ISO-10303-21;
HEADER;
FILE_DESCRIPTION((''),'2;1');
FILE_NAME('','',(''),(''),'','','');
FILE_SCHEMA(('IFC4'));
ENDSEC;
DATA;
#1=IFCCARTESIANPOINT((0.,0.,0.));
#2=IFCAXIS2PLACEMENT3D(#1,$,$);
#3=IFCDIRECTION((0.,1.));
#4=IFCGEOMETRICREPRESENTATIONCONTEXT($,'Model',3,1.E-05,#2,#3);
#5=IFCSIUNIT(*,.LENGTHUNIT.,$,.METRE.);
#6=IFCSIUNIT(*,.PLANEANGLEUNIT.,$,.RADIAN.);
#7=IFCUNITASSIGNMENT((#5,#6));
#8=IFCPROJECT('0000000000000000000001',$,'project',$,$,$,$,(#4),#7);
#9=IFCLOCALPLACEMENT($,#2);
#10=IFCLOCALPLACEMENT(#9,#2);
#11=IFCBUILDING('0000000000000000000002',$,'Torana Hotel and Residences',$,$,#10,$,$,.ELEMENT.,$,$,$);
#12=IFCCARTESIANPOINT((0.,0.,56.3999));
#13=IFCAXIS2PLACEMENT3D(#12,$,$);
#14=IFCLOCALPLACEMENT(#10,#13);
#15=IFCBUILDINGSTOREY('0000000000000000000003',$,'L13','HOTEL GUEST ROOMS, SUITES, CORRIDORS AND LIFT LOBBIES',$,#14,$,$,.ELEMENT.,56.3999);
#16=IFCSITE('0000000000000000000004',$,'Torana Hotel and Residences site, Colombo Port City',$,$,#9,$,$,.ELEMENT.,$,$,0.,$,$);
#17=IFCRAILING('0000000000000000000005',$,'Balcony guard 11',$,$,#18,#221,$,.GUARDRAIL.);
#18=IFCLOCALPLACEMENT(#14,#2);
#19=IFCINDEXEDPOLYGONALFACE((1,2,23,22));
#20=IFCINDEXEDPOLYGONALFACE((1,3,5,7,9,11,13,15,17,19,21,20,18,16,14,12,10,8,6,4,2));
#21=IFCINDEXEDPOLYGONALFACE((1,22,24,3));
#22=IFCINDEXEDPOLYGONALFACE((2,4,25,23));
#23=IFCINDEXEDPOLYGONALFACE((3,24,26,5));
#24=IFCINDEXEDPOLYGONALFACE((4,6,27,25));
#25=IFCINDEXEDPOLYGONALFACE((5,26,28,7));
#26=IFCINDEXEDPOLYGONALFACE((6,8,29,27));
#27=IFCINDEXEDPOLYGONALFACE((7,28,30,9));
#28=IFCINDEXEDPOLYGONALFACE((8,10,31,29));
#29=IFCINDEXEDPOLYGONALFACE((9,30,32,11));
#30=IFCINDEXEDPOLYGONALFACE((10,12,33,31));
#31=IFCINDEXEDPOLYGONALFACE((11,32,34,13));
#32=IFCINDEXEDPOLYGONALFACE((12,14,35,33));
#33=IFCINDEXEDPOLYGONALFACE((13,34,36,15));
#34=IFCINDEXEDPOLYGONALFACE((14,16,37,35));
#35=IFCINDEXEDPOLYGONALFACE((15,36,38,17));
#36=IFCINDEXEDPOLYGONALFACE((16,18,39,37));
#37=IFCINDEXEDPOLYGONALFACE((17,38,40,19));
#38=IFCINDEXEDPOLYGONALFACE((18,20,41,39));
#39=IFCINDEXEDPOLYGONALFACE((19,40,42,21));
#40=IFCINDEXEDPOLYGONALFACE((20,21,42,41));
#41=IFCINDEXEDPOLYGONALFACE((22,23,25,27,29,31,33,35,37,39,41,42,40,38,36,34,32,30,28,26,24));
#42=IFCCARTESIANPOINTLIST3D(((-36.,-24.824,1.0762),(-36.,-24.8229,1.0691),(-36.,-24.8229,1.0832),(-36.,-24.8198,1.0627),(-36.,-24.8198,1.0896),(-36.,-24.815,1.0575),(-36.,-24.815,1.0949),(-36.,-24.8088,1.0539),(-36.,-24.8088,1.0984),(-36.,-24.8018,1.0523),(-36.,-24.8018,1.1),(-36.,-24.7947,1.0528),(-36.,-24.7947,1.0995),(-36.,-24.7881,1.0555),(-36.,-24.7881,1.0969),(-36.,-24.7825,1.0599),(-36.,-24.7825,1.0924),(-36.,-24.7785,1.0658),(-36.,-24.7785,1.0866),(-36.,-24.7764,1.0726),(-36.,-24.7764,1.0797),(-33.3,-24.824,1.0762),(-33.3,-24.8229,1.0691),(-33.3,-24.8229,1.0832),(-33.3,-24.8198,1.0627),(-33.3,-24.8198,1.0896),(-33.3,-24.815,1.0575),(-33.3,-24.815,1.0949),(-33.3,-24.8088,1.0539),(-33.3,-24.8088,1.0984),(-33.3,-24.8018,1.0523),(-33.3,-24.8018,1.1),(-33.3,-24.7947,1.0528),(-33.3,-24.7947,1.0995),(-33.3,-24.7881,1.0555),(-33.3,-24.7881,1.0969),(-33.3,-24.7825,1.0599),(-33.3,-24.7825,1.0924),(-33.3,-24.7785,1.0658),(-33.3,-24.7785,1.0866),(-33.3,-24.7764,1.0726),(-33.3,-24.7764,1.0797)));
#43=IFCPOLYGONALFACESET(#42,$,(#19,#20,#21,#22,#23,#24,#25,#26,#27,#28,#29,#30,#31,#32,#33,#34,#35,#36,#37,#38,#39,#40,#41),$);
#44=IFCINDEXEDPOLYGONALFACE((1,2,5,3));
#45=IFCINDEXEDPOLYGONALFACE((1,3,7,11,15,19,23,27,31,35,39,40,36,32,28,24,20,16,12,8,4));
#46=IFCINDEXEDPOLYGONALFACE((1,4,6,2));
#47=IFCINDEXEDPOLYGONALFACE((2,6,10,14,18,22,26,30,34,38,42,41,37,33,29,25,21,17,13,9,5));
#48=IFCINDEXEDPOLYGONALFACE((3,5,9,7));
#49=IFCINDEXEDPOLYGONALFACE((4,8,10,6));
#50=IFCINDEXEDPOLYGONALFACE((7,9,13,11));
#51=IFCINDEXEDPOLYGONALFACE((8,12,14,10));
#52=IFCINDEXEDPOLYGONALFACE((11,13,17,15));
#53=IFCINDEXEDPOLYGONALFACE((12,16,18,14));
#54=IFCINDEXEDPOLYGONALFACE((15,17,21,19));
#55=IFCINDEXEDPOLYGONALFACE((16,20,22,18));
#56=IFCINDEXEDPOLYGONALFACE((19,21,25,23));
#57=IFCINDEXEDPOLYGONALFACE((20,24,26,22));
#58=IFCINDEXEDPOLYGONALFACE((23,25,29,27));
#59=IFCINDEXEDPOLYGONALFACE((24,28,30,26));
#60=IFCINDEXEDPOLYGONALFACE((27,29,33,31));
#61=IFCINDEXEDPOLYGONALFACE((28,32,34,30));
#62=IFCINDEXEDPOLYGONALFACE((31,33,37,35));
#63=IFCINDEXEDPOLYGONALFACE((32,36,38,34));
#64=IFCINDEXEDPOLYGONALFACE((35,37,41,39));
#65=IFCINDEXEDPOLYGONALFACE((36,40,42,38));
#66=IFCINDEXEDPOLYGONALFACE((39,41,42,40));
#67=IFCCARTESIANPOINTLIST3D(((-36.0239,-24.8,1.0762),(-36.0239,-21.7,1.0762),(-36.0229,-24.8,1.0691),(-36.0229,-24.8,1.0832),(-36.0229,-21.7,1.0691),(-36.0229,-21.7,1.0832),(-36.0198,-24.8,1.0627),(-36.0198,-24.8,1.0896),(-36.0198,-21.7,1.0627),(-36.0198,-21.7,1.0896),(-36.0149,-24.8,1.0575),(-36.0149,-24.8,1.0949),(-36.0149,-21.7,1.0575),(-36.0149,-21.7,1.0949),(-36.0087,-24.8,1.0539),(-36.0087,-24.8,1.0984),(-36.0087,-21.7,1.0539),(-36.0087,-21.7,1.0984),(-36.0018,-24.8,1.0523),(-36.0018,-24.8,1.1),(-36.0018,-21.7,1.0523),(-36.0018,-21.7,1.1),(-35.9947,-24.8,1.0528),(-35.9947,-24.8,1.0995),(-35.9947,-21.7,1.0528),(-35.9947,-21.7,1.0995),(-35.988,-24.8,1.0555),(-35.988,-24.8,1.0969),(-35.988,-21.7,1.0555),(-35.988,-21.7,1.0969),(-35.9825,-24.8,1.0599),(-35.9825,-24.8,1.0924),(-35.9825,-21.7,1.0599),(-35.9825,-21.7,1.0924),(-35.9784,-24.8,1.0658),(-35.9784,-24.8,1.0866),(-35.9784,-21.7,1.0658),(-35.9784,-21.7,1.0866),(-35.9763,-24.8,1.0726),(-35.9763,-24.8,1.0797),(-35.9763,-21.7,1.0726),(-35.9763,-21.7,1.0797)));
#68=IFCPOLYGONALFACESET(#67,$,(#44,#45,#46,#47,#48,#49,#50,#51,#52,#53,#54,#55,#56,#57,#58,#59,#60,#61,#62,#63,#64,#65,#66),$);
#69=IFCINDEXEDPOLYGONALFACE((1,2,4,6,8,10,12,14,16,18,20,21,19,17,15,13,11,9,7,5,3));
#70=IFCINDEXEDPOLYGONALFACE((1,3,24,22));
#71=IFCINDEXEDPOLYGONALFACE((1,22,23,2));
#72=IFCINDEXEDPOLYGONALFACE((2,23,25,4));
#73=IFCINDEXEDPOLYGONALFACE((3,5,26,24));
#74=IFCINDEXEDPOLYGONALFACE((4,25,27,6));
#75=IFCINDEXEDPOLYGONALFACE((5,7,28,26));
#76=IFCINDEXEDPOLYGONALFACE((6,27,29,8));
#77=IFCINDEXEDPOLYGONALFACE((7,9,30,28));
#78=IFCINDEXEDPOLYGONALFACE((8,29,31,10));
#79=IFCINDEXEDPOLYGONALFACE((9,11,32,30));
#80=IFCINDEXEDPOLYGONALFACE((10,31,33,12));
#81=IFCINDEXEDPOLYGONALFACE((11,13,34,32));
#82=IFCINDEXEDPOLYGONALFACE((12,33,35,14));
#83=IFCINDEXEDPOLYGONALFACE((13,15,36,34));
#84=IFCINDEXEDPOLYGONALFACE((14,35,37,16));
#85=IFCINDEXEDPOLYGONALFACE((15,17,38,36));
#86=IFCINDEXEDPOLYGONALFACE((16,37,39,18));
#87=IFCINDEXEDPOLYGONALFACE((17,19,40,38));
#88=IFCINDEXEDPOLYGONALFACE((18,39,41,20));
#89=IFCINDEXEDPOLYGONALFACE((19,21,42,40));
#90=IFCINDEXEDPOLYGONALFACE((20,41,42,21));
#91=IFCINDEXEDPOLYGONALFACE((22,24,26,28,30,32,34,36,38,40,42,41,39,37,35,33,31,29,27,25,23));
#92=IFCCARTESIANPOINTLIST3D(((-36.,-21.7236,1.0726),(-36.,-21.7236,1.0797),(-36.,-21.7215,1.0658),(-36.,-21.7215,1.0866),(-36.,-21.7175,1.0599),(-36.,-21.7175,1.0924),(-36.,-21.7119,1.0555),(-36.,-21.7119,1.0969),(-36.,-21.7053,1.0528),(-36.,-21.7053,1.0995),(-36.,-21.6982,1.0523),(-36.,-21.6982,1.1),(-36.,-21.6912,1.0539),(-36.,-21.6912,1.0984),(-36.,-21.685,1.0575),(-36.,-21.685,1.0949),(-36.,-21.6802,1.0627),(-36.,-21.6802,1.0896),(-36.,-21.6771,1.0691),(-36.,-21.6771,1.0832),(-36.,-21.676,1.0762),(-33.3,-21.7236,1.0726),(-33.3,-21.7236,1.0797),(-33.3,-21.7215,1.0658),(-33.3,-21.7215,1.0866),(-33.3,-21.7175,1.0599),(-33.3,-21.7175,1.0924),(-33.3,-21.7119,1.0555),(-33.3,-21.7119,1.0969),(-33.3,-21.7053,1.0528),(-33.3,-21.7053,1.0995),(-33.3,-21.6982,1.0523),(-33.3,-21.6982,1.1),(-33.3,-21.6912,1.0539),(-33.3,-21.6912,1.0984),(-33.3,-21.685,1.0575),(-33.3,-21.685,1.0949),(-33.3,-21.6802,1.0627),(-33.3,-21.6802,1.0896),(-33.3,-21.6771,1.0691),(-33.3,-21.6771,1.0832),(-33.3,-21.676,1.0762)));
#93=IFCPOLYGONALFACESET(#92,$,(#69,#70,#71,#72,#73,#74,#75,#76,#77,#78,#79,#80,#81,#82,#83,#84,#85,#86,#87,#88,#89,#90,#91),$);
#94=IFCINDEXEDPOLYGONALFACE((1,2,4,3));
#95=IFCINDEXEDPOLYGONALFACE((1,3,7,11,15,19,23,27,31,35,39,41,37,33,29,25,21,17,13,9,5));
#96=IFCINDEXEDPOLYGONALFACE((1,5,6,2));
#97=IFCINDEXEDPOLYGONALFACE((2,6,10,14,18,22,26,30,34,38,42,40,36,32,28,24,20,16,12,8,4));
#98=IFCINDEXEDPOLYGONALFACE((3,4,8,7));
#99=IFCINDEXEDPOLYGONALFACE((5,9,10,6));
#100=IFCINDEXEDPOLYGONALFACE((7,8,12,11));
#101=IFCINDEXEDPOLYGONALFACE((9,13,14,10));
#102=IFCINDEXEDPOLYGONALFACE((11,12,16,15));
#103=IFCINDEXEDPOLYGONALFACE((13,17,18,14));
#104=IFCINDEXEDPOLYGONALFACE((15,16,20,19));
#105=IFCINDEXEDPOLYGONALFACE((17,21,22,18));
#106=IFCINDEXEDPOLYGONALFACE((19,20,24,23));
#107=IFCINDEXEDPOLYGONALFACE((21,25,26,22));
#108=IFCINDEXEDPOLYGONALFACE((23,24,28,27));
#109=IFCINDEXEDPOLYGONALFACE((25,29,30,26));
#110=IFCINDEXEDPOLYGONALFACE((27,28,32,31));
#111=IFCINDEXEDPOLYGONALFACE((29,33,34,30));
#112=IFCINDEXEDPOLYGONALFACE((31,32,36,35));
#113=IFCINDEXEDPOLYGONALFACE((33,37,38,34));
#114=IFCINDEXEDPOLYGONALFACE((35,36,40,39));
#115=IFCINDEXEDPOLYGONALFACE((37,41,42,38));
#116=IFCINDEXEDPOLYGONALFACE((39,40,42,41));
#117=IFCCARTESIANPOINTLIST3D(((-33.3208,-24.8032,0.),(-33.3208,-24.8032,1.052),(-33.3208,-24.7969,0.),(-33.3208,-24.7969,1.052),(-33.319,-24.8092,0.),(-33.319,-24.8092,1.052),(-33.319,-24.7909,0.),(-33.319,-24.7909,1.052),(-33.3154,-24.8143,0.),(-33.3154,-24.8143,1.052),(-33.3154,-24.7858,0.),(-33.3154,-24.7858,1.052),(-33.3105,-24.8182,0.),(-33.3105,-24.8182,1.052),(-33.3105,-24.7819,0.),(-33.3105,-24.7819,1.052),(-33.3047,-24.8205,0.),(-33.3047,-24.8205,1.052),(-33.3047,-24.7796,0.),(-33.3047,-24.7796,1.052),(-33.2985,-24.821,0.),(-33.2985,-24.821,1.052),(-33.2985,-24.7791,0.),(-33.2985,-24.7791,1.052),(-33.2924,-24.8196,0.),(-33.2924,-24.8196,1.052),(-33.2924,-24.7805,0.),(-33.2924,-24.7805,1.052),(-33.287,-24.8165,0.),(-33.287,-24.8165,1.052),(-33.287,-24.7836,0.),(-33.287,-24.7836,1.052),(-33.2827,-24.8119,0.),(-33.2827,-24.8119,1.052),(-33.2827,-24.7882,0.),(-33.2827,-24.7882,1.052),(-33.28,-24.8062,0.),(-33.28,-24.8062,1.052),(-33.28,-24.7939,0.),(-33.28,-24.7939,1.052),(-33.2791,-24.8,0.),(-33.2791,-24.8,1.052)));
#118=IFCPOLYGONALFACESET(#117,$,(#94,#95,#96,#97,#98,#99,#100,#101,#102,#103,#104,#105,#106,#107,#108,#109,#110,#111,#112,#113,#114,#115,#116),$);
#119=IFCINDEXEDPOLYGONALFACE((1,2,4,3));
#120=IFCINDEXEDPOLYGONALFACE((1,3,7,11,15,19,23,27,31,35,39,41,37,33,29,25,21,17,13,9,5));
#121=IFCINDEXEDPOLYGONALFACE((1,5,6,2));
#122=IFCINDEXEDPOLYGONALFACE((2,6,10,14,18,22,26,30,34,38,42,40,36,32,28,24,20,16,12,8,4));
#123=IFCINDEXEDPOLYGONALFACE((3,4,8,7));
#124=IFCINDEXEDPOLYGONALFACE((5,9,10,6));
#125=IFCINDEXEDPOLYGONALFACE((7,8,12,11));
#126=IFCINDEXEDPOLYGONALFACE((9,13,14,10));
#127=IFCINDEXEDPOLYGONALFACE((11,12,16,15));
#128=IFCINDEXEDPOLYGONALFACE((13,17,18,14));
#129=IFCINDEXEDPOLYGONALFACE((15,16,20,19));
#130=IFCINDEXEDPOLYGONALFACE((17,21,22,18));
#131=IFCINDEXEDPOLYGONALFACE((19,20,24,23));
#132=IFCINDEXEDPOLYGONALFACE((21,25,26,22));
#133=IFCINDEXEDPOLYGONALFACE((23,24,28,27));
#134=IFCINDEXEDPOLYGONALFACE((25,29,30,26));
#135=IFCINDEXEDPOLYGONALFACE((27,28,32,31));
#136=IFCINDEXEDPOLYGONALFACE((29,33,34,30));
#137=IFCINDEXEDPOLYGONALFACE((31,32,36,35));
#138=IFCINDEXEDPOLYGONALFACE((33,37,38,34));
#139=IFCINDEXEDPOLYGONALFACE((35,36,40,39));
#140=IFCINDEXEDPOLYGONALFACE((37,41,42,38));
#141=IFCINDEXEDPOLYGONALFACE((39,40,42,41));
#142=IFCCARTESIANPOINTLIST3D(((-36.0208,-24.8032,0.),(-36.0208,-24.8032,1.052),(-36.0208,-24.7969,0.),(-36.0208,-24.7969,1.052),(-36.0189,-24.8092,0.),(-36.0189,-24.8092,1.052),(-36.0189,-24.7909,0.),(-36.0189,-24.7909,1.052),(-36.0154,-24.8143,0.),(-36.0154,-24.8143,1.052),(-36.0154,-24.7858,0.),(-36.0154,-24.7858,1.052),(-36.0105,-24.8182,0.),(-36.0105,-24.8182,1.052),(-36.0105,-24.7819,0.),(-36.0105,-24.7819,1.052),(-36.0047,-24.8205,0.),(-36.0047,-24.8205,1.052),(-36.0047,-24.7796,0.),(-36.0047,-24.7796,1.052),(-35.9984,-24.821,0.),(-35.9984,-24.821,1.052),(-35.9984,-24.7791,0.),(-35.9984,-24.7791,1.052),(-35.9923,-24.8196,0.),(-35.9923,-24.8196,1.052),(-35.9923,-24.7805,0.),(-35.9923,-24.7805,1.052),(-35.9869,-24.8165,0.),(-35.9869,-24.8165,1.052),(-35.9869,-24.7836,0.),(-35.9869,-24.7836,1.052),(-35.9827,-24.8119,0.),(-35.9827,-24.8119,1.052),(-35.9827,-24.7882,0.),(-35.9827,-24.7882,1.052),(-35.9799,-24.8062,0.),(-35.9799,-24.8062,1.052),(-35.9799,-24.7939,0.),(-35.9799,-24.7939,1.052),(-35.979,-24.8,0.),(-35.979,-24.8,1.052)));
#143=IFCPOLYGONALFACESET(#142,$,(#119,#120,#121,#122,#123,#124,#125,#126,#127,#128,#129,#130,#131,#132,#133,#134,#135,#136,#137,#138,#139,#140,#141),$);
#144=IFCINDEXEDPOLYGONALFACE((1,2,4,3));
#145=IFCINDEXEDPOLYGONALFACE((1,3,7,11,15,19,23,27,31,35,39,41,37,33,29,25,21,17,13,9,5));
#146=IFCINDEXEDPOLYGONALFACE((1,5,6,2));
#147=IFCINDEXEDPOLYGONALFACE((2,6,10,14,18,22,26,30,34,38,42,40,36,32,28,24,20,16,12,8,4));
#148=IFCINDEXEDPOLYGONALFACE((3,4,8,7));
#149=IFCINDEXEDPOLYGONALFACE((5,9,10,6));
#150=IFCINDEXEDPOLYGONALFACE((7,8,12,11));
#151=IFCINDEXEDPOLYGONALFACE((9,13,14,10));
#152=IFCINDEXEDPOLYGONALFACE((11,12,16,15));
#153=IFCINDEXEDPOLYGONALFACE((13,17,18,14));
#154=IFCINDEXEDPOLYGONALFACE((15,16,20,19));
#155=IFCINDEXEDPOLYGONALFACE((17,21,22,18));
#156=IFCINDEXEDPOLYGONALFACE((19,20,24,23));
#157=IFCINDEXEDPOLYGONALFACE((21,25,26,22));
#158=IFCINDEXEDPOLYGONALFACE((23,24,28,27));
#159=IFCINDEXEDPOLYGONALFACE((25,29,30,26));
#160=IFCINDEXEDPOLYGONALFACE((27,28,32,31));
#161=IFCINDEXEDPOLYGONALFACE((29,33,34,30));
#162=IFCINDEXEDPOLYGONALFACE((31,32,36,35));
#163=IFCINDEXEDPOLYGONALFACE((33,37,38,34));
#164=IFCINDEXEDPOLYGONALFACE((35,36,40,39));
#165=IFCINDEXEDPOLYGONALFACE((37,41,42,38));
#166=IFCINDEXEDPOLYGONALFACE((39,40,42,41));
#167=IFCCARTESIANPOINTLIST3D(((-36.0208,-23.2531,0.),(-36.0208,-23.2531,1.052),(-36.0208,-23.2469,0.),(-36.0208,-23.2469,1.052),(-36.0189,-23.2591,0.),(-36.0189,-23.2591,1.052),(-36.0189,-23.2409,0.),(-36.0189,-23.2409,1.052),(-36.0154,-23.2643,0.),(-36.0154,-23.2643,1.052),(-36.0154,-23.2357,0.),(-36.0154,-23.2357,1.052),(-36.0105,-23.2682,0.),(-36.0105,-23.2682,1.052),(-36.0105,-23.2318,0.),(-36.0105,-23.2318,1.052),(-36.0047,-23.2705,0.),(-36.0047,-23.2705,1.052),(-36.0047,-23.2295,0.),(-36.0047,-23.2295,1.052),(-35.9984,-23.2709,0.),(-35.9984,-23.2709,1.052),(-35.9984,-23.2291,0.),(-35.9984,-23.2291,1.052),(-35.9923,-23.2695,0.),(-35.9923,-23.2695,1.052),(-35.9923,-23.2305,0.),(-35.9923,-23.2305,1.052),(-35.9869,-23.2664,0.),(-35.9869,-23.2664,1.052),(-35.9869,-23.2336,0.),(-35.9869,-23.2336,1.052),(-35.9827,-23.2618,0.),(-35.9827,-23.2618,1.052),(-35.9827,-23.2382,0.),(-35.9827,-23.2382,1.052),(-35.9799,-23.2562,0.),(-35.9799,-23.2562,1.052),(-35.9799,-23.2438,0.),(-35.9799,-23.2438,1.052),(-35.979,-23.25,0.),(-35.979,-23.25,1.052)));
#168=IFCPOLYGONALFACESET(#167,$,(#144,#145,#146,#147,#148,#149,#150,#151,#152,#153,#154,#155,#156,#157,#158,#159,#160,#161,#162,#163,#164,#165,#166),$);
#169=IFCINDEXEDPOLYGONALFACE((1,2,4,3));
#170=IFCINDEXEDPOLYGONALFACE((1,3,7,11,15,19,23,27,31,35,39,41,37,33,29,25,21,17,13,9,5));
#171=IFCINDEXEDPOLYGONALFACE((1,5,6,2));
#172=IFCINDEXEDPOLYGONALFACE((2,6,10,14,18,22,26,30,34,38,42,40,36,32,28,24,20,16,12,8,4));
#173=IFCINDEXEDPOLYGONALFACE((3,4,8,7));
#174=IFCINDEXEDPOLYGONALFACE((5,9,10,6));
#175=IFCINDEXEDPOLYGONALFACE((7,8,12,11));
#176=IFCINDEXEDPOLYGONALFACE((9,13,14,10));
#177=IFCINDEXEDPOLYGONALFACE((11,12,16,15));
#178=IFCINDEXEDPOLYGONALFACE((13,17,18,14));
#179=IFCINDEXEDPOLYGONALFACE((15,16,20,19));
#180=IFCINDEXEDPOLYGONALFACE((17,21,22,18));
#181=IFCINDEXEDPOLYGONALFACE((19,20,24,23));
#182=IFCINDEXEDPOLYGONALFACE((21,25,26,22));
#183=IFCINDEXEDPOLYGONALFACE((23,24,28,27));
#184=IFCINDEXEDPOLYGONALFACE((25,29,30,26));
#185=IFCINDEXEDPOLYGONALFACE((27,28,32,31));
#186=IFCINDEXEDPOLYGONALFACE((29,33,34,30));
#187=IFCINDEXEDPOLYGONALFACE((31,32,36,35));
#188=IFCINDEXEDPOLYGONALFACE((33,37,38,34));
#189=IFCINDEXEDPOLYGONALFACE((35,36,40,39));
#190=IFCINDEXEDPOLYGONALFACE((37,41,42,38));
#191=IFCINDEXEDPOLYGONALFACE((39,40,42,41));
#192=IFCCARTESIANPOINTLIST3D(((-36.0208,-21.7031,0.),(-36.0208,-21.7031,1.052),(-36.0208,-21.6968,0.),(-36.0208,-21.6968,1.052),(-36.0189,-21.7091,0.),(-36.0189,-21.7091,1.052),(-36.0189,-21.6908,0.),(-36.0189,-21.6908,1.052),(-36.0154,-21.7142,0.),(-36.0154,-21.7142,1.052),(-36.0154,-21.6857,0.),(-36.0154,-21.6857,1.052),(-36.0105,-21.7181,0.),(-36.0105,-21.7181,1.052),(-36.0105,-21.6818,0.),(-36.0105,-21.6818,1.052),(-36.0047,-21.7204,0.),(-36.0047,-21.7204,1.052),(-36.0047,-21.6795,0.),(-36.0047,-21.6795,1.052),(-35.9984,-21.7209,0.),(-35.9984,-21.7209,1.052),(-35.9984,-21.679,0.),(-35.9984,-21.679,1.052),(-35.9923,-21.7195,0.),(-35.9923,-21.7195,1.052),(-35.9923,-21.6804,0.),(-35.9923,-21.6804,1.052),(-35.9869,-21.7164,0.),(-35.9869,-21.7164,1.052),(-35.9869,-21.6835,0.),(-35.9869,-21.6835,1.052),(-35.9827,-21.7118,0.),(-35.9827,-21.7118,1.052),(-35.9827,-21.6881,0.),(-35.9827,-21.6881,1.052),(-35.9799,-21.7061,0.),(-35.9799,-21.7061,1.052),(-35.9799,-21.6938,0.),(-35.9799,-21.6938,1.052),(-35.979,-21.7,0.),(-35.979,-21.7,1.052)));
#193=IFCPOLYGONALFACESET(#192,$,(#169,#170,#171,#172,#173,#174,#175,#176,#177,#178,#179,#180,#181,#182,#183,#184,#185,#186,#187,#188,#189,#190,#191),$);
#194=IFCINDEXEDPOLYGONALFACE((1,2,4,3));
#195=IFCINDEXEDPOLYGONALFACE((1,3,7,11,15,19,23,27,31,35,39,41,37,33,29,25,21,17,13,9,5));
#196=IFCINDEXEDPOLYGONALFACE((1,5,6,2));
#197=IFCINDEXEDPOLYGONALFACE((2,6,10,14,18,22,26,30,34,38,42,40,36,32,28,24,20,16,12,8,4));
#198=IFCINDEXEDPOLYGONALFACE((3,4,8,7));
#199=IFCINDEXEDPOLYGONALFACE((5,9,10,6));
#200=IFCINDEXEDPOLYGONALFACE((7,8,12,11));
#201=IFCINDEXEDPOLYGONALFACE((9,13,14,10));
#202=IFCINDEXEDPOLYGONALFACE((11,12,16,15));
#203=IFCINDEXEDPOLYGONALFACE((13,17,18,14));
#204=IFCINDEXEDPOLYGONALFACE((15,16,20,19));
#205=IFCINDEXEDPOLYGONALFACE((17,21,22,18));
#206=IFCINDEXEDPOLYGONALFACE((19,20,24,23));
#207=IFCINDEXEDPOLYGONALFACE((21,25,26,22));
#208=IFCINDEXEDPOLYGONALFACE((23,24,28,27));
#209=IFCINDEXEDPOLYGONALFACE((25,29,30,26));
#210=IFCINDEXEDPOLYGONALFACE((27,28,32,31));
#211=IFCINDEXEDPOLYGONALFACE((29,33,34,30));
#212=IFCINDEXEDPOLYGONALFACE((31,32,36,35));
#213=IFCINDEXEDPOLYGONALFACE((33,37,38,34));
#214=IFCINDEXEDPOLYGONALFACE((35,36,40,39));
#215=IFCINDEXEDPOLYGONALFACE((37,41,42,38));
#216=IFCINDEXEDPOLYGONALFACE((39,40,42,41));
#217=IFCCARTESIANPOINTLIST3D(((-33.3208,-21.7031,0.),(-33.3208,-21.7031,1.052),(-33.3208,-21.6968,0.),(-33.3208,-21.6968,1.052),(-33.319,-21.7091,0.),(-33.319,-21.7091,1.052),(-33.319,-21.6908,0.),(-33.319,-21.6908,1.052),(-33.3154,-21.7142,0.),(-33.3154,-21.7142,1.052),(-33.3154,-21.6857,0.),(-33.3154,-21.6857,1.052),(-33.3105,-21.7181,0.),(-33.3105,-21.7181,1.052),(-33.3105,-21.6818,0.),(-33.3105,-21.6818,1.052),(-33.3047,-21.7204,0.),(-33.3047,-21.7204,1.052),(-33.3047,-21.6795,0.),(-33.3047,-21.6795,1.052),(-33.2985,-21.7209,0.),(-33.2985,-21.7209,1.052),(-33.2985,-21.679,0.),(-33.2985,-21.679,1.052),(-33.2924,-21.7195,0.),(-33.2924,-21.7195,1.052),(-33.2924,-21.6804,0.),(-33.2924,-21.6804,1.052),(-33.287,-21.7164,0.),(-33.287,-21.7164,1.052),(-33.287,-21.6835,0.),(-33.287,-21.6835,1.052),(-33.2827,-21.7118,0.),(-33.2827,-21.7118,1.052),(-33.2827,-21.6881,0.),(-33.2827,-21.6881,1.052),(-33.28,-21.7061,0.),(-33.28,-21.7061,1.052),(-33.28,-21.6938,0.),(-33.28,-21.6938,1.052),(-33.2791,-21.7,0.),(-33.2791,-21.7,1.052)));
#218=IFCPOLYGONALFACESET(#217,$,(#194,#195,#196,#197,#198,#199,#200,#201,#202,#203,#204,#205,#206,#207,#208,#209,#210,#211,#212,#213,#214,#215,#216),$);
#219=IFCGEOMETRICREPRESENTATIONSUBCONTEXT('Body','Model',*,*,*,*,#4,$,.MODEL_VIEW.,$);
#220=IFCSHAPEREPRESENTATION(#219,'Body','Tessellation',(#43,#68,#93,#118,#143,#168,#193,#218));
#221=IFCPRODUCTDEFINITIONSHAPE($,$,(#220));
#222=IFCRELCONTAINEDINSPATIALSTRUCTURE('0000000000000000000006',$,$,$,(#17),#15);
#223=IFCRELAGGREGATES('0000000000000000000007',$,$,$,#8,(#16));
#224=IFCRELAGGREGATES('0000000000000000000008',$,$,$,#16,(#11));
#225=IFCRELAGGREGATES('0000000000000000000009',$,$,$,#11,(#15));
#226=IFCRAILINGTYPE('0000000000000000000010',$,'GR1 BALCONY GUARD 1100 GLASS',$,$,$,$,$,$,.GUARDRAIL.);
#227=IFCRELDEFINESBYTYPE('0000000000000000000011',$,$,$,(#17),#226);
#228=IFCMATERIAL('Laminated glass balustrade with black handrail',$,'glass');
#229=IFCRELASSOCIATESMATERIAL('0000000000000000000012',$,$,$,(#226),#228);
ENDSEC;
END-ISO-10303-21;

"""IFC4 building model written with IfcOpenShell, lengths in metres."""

from ifc_helpers import new_model, si_unit, direction, frame, origin, origin_2d, place, context, subcontext, project, spatial, circle, extrude, material, type_object, element, save


model = new_model("IFC4")

# Units and contexts
model_context = context("Model", 3, precision=1e-05, world=origin(), true_north=direction((0.0, 1.0)))
body_context = subcontext(model_context, "Body", "Model", "MODEL_VIEW")
ifc_project = project(units=[si_unit("LENGTHUNIT", "METRE"), si_unit("PLANEANGLEUNIT", "RADIAN")], contexts=[model_context])

# Site, building, storey
site_placement = place(None, origin())
site = spatial("IfcSite", under=ifc_project, at=site_placement, Name="Torana Hotel and Residences site, Colombo Port City", CompositionType="ELEMENT", RefElevation=0.0)
building_placement = place(site_placement, origin())
building = spatial("IfcBuilding", under=site, at=building_placement, Name="Torana Hotel and Residences", CompositionType="ELEMENT")
storey_placement = place(building_placement, frame((0.0, 0.0, 56.3999)))
storey = spatial("IfcBuildingStorey", under=building, at=storey_placement, Name="L13", Description="HOTEL GUEST ROOMS, SUITES, CORRIDORS AND LIFT LOBBIES", CompositionType="ELEMENT", Elevation=56.3999)

# Railing
ifc_material_1 = material(Name="Laminated glass balustrade with black handrail", Category="glass")
railing_type = type_object("IfcRailingType", Name="GR1 BALCONY GUARD 1100 GLASS", PredefinedType="GUARDRAIL", material=ifc_material_1)
railing_placement = place(storey_placement, frame((-33.3, -24.8, 0.0)))
element("IfcRailing", 1, at=railing_placement, inside=storey, type_object=railing_type, Name="Balcony guard 11", PredefinedType="GUARDRAIL", context=body_context, shape_type="SweptSolid", body=[
    extrude(circle(Radius=0.0239, at=origin_2d()), frame((0.0, 0.0, 1.0762), z_axis=(-1.0, 0.0, 0.0), x_axis=(0.0, -1.0, 0.0)), (0.0, 0.0, 1.0), 2.7),
    extrude(circle(Radius=0.0239, at=origin_2d()), frame((-2.7, 0.0, 1.0762), z_axis=(0.0, 1.0, 0.0), x_axis=(-1.0, 0.0, 0.0)), (0.0, 0.0, 1.0), 3.1001),
    extrude(circle(Radius=0.0239, at=origin_2d()), frame((-2.7, 3.1001, 1.0762), z_axis=(1.0, 0.0, 0.0), x_axis=(0.0, 1.0, 0.0)), (0.0, 0.0, 1.0), 2.7),
    extrude(circle(Radius=0.021, at=origin_2d()), origin(), (0.0, 0.0, 1.0), 1.052),
    extrude(circle(Radius=0.021, at=origin_2d()), frame((-2.7, 0.0, 0.0)), (0.0, 0.0, 1.0), 1.052),
    extrude(circle(Radius=0.021, at=origin_2d()), frame((-2.7, 1.55, 0.0)), (0.0, 0.0, 1.0), 1.052),
    extrude(circle(Radius=0.021, at=origin_2d()), frame((-2.7, 3.1001, 0.0)), (0.0, 0.0, 1.0), 1.052),
    extrude(circle(Radius=0.021, at=origin_2d()), frame((0.0, 3.1001, 0.0)), (0.0, 0.0, 1.0), 1.052),
])

save(model, "model.ifc")
